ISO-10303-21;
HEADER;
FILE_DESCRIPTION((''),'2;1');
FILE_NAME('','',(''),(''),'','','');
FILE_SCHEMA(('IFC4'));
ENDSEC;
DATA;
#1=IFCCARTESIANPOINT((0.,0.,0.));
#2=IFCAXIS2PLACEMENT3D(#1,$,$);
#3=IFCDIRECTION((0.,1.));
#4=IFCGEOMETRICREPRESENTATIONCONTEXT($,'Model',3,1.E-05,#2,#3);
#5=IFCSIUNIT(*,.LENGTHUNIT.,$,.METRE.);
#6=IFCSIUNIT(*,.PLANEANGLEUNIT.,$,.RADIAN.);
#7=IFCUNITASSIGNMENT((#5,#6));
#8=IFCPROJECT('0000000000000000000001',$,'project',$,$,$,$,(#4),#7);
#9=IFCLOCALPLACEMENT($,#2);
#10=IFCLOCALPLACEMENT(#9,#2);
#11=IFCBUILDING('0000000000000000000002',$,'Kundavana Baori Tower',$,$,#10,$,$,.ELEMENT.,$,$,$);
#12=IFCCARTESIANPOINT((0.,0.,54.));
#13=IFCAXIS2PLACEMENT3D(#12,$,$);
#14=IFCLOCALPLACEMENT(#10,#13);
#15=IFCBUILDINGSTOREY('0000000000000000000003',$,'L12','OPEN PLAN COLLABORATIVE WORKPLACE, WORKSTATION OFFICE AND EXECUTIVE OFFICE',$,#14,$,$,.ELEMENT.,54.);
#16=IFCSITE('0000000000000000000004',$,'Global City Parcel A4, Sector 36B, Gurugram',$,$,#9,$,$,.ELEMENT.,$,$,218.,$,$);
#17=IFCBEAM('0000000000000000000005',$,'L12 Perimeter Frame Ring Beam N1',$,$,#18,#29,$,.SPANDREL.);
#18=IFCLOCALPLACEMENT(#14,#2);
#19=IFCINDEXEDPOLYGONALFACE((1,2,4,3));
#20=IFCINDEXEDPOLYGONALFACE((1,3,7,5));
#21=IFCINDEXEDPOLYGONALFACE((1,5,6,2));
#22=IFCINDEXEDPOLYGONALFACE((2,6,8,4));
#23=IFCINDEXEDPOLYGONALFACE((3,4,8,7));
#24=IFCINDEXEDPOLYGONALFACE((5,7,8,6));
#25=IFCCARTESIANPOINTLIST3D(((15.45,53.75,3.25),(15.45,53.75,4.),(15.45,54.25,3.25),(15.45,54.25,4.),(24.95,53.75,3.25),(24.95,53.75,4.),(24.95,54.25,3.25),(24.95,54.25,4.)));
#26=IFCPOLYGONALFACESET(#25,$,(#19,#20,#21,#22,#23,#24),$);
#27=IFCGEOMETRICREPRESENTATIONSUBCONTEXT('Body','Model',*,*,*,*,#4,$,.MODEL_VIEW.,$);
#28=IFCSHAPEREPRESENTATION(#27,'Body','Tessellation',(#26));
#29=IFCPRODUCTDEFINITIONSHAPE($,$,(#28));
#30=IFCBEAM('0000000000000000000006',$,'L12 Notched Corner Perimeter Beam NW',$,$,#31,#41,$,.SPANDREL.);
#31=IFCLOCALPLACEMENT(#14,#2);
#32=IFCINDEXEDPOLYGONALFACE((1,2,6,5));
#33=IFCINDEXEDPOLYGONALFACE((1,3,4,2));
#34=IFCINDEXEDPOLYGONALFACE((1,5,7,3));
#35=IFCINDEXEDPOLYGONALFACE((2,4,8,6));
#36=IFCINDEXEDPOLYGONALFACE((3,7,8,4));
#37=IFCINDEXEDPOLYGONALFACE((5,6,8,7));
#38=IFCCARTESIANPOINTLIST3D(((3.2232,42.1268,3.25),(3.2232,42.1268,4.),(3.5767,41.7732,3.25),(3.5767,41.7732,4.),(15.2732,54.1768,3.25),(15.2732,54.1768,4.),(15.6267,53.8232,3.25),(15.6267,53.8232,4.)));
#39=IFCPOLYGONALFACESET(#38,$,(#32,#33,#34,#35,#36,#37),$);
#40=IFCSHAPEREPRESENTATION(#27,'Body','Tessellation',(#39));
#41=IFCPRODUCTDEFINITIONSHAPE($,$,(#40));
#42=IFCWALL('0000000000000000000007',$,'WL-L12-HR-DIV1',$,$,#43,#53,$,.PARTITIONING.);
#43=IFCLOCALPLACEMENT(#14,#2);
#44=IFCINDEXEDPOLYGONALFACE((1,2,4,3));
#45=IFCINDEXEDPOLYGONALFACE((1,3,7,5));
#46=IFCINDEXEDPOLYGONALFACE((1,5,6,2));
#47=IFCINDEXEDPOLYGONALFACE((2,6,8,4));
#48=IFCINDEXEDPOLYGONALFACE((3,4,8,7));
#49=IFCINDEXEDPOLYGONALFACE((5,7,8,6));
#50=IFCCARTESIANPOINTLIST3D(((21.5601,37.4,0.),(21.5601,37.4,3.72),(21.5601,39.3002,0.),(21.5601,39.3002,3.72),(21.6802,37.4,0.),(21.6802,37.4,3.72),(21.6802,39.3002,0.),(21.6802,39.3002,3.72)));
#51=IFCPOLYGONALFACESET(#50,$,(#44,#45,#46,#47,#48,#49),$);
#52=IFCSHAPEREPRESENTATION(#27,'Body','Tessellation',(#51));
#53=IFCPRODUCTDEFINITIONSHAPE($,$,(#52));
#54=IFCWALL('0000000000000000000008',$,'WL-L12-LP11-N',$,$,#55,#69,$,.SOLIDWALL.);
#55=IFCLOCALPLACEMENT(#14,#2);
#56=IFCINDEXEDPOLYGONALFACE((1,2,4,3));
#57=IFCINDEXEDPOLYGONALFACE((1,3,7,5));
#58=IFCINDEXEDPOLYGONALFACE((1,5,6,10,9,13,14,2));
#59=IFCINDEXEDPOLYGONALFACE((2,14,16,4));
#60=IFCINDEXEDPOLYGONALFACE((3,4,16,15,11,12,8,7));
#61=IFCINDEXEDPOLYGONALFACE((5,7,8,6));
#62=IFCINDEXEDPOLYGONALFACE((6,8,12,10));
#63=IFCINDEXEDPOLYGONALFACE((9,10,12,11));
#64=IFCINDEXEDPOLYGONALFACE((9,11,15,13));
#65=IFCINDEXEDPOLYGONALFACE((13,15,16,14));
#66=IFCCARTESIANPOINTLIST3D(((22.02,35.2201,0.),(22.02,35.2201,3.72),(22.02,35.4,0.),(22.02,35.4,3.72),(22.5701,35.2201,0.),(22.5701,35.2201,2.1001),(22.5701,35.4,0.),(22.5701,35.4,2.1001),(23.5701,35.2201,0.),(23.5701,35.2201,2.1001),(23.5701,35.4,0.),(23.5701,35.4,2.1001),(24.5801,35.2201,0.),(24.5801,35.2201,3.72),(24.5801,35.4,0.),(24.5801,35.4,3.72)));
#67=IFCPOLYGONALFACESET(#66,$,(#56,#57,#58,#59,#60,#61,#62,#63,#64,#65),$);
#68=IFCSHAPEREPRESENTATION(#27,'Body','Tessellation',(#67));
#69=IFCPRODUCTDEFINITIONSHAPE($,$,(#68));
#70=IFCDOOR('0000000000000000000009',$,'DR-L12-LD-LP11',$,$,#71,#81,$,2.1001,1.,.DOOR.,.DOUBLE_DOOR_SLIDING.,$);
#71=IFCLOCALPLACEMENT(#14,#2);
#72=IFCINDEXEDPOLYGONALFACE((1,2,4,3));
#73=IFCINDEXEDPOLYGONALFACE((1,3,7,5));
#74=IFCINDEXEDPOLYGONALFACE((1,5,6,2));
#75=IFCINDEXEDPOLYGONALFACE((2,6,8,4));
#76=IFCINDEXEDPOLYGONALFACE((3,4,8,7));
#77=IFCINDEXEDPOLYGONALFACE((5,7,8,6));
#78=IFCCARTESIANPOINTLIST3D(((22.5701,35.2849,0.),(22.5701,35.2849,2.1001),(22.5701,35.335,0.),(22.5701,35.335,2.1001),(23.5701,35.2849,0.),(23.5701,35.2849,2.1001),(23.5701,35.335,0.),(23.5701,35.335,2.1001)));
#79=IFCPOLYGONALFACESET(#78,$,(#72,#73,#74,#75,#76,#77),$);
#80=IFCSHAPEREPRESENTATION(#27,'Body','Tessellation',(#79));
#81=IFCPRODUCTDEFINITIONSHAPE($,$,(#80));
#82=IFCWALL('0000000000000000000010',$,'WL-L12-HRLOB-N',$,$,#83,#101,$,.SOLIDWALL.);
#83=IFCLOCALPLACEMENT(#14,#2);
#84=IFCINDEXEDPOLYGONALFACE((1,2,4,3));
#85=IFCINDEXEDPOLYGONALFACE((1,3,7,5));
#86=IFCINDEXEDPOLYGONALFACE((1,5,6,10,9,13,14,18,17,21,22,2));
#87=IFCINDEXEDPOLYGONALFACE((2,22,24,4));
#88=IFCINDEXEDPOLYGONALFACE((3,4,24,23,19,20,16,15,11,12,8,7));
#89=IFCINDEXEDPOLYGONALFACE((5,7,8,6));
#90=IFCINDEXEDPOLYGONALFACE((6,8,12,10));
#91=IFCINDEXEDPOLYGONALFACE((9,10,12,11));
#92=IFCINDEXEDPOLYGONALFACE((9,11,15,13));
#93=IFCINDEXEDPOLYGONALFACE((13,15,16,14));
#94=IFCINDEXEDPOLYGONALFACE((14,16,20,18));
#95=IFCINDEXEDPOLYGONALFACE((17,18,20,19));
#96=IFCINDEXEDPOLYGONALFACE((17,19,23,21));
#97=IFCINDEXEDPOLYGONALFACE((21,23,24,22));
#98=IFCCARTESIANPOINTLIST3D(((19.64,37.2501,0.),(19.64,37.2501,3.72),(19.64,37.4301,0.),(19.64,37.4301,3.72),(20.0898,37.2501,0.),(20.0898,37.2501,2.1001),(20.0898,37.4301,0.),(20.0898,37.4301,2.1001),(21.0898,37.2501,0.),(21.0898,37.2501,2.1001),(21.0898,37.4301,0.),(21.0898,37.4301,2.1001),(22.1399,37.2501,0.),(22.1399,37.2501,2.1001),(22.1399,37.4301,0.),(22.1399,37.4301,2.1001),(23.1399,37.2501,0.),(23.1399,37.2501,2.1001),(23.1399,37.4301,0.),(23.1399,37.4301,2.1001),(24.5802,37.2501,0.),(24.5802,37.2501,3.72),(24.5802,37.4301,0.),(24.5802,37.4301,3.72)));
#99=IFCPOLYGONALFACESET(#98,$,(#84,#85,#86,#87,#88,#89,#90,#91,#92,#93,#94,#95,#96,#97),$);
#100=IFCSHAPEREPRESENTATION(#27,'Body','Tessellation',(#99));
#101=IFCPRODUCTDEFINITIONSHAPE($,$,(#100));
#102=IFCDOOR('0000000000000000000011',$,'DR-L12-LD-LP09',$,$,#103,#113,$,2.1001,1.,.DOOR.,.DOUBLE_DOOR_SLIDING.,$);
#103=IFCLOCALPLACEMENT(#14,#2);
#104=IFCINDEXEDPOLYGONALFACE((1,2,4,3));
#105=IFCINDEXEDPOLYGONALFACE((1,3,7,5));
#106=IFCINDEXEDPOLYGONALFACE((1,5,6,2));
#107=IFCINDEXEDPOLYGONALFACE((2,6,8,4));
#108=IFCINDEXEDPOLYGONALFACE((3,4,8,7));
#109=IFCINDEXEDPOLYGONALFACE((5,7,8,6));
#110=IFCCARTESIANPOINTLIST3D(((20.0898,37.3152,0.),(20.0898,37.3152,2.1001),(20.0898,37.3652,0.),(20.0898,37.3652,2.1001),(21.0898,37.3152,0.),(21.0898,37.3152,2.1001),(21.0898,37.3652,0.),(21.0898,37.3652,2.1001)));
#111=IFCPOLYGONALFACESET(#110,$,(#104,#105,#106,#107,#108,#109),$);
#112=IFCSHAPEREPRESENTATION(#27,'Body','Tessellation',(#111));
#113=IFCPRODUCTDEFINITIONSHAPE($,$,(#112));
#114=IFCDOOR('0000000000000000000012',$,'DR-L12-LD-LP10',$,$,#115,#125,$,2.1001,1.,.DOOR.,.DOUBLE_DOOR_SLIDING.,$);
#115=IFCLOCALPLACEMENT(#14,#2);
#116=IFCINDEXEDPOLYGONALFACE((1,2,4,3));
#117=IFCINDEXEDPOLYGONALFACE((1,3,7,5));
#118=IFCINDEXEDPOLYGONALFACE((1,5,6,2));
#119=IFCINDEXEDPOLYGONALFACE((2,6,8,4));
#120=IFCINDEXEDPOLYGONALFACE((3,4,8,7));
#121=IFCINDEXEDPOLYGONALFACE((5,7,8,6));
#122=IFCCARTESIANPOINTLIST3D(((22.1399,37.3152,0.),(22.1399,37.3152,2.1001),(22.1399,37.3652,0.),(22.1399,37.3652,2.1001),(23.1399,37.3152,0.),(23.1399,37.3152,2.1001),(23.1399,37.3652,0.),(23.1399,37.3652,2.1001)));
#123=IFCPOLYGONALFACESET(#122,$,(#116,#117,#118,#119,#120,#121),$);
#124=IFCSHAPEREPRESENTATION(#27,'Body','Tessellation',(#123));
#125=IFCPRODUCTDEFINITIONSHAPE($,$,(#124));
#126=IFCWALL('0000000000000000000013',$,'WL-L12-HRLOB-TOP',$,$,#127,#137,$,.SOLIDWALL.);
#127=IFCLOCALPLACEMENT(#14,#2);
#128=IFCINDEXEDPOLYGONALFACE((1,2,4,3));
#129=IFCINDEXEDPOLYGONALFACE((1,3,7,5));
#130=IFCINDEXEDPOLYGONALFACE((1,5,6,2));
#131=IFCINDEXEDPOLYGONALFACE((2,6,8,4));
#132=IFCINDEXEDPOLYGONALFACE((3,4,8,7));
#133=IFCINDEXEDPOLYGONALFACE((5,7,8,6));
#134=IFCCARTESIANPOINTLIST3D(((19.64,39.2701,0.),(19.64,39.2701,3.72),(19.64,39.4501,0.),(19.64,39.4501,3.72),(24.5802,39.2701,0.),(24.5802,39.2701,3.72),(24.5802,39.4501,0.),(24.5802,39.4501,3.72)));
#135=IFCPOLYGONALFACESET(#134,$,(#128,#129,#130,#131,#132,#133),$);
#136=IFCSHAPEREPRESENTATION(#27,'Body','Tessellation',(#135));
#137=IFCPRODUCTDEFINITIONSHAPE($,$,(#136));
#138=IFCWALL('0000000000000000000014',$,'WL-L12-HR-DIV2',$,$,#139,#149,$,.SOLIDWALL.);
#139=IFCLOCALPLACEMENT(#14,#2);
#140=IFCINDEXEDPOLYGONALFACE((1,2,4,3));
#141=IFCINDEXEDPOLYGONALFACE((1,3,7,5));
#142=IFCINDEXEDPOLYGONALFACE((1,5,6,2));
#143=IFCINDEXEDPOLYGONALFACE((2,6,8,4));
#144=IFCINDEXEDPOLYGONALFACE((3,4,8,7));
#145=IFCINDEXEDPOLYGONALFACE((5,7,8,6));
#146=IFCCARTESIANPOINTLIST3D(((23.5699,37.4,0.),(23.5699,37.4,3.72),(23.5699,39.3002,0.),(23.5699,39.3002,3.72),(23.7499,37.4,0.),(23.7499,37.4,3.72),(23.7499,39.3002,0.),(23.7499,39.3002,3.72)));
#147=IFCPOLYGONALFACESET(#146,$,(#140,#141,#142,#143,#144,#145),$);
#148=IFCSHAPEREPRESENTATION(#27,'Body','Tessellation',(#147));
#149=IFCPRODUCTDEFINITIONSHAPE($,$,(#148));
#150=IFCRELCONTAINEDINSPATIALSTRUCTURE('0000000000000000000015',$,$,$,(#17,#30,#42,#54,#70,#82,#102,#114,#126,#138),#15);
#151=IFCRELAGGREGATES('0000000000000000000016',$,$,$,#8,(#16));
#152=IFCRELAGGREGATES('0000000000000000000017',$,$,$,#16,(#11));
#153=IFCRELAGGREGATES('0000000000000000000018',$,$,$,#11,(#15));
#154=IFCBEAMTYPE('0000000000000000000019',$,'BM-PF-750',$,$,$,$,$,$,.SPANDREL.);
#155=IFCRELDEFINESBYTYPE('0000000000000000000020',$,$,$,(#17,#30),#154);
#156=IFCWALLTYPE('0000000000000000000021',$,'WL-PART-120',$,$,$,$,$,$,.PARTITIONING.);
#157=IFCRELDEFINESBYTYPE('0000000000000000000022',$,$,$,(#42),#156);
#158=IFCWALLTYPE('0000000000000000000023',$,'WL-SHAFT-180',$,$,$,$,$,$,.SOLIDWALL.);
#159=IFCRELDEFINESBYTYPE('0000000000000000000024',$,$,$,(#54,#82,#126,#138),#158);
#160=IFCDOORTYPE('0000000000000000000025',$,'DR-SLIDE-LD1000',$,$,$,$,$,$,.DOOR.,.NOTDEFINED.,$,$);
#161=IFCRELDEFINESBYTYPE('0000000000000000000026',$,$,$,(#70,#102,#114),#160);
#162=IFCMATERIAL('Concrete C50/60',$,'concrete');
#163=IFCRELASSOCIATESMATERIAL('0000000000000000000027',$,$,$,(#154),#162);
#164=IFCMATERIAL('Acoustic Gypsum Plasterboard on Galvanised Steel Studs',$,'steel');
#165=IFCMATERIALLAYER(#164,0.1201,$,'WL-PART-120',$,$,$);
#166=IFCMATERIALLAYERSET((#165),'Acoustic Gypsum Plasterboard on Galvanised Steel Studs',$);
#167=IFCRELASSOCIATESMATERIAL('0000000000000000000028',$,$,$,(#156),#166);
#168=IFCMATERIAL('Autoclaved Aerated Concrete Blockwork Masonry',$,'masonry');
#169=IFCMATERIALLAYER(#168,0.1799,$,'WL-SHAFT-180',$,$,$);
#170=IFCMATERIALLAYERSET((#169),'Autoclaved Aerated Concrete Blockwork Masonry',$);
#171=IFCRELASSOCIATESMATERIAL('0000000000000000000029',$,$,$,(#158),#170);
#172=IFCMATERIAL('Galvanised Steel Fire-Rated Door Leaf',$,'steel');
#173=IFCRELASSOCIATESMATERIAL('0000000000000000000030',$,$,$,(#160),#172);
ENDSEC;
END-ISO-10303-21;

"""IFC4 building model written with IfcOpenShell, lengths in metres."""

from ifc_helpers import new_model, si_unit, direction, frame, frame_2d, origin, origin_2d, place, context, subcontext, project, spatial, rectangle, extrude, material, layer, layer_set, material_profile, profile_set, type_object, element, fill, save


model = new_model("IFC4")

# Units and contexts
model_context = context("Model", 3, precision=1e-05, world=origin(), true_north=direction((0.0, 1.0)))
body_context = subcontext(model_context, "Body", "Model", "MODEL_VIEW")
ifc_project = project(units=[si_unit("LENGTHUNIT", "METRE"), si_unit("PLANEANGLEUNIT", "RADIAN")], contexts=[model_context])

# Site, building, storey
site_placement = place(None, origin())
site = spatial("IfcSite", under=ifc_project, at=site_placement, Name="Global City Parcel A4, Sector 36B, Gurugram", CompositionType="ELEMENT", RefElevation=218.0)
building_placement = place(site_placement, origin())
building = spatial("IfcBuilding", under=site, at=building_placement, Name="Kundavana Baori Tower", CompositionType="ELEMENT")
storey_placement = place(building_placement, frame((0.0, 0.0, 54.0)))
storey = spatial("IfcBuildingStorey", under=building, at=storey_placement, Name="L12", Description="OPEN PLAN COLLABORATIVE WORKPLACE, WORKSTATION OFFICE AND EXECUTIVE OFFICE", CompositionType="ELEMENT", Elevation=54.0)

# Beams
ifc_material_1 = material(Name="Concrete C50/60", Category="concrete")
ifc_material_profile = material_profile(ifc_material_1, rectangle(XDim=0.5, YDim=0.75, at=origin_2d()), Name="RC BM 500x750")
ifc_profile_set = profile_set([ifc_material_profile], Name="Concrete C50/60")
beam_type = type_object("IfcBeamType", Name="BM-PF-750", PredefinedType="SPANDREL", material=ifc_profile_set)
beam_1_placement = place(storey_placement, frame((15.45, 54.0, 3.625), z_axis=(1.0, 0.0, 0.0), x_axis=(0.0, 1.0, 0.0)))
element("IfcBeam", 1, at=beam_1_placement, inside=storey, type_object=beam_type, Name="L12 Perimeter Frame Ring Beam N1", PredefinedType="SPANDREL", context=body_context, shape_type="SweptSolid", body=[
    extrude(rectangle(XDim=0.5, YDim=0.75, at=origin_2d()), origin(), (0.0, 0.0, 1.0), 9.5),
])
beam_2_placement = place(storey_placement, frame((15.45, 54.0, 3.625), z_axis=(-0.707107, -0.707107, 0.0), x_axis=(0.707107, -0.707107, 0.0)))
element("IfcBeam", 2, at=beam_2_placement, inside=storey, type_object=beam_type, Name="L12 Notched Corner Perimeter Beam NW", PredefinedType="SPANDREL", context=body_context, shape_type="SweptSolid", body=[
    extrude(rectangle(XDim=0.5, YDim=0.75, at=origin_2d()), origin(), (0.0, 0.0, 1.0), 17.0413),
])

# Wall
ifc_material_2 = material(Name="Acoustic Gypsum Plasterboard on Galvanised Steel Studs", Category="steel")
ifc_layer_1 = layer(ifc_material_2, 0.1201, Name="WL-PART-120")
ifc_layer_set_1 = layer_set([ifc_layer_1], Name="Acoustic Gypsum Plasterboard on Galvanised Steel Studs")
wall_type_1 = type_object("IfcWallType", Name="WL-PART-120", PredefinedType="PARTITIONING", material=ifc_layer_set_1)
wall_1_placement = place(storey_placement, frame((21.6201, 37.3999, 0.0), z_axis=(0.0, 0.0, 1.0), x_axis=(0.0, 1.0, 0.0)))
element("IfcWall", 3, at=wall_1_placement, inside=storey, type_object=wall_type_1, Name="WL-L12-HR-DIV1", PredefinedType="PARTITIONING", context=body_context, shape_type="SweptSolid", body=[
    extrude(rectangle(XDim=1.9001, YDim=0.1201, at=frame_2d((0.9502, 0.0))), origin(), (0.0, 0.0, 1.0), 3.72),
])

# Wall, opening, door
ifc_material_3 = material(Name="Autoclaved Aerated Concrete Blockwork Masonry", Category="masonry")
ifc_layer_2 = layer(ifc_material_3, 0.1799, Name="WL-SHAFT-180")
ifc_layer_set_2 = layer_set([ifc_layer_2], Name="Autoclaved Aerated Concrete Blockwork Masonry")
wall_type_2 = type_object("IfcWallType", Name="WL-SHAFT-180", PredefinedType="SOLIDWALL", material=ifc_layer_set_2)
wall_2_placement = place(storey_placement, frame((22.02, 35.3101, 0.0), z_axis=(0.0, 0.0, 1.0), x_axis=(1.0, 0.0, 0.0)))
wall_2 = element("IfcWall", 4, at=wall_2_placement, inside=storey, type_object=wall_type_2, Name="WL-L12-LP11-N", PredefinedType="SOLIDWALL", context=body_context, shape_type="SweptSolid", body=[
    extrude(rectangle(XDim=2.5601, YDim=0.1799, at=frame_2d((1.28, 0.0))), origin(), (0.0, 0.0, 1.0), 3.72),
])
opening_1_placement = place(wall_2_placement, frame((0.55, 0.0, 0.0)))
opening_1 = element("IfcOpeningElement", 5, at=opening_1_placement, cuts=wall_2, PredefinedType="OPENING", context=body_context, shape_type="SweptSolid", body=[
    extrude(rectangle(XDim=1.0, YDim=2.1001, at=frame_2d((0.5, 1.05))), frame((0.0, 0.1001, 0.0), z_axis=(0.0, -1.0, 0.0), x_axis=(1.0, 0.0, 0.0)), (0.0, 0.0, 1.0), 0.2),
])
ifc_material_4 = material(Name="Galvanised Steel Fire-Rated Door Leaf", Category="steel")
door_type = type_object("IfcDoorType", Name="DR-SLIDE-LD1000", OperationType="NOTDEFINED", PredefinedType="DOOR", material=ifc_material_4)
door_1_placement = place(opening_1_placement, origin())
door_1 = element("IfcDoor", 6, at=door_1_placement, inside=storey, type_object=door_type, Name="DR-L12-LD-LP11", OperationType="DOUBLE_DOOR_SLIDING", OverallHeight=2.1001, OverallWidth=1.0, PredefinedType="DOOR", context=body_context, shape_type="SweptSolid", body=[
    extrude(rectangle(XDim=1.0, YDim=2.1001, at=frame_2d((0.5, 1.05))), frame((0.0, 0.0249, 0.0), z_axis=(0.0, -1.0, 0.0), x_axis=(1.0, 0.0, 0.0)), (0.0, 0.0, 1.0), 0.05),
])
fill(opening_1, door_1)

# Wall, openings, doors
wall_3_placement = place(storey_placement, frame((19.6399, 37.3401, 0.0), z_axis=(0.0, 0.0, 1.0), x_axis=(1.0, 0.0, 0.0)))
wall_3 = element("IfcWall", 7, at=wall_3_placement, inside=storey, type_object=wall_type_2, Name="WL-L12-HRLOB-N", PredefinedType="SOLIDWALL", context=body_context, shape_type="SweptSolid", body=[
    extrude(rectangle(XDim=4.9402, YDim=0.1799, at=frame_2d((2.4702, 0.0))), origin(), (0.0, 0.0, 1.0), 3.72),
])
opening_2_placement = place(wall_3_placement, frame((0.45, 0.0, 0.0)))
opening_2 = element("IfcOpeningElement", 8, at=opening_2_placement, cuts=wall_3, PredefinedType="OPENING", context=body_context, shape_type="SweptSolid", body=[
    extrude(rectangle(XDim=1.0, YDim=2.1001, at=frame_2d((0.5, 1.05))), frame((0.0, 0.1001, 0.0), z_axis=(0.0, -1.0, 0.0), x_axis=(1.0, 0.0, 0.0)), (0.0, 0.0, 1.0), 0.2),
])
opening_3_placement = place(wall_3_placement, frame((2.5, 0.0, 0.0)))
opening_3 = element("IfcOpeningElement", 9, at=opening_3_placement, cuts=wall_3, PredefinedType="OPENING", context=body_context, shape_type="SweptSolid", body=[
    extrude(rectangle(XDim=1.0, YDim=2.1001, at=frame_2d((0.5, 1.05))), frame((0.0, 0.1001, 0.0), z_axis=(0.0, -1.0, 0.0), x_axis=(1.0, 0.0, 0.0)), (0.0, 0.0, 1.0), 0.2),
])
door_2_placement = place(opening_2_placement, frame((1.0, 0.0, 0.0), z_axis=(0.0, 0.0, 1.0), x_axis=(-1.0, 0.0, 0.0)))
door_2 = element("IfcDoor", 10, at=door_2_placement, inside=storey, type_object=door_type, Name="DR-L12-LD-LP09", OperationType="DOUBLE_DOOR_SLIDING", OverallHeight=2.1001, OverallWidth=1.0, PredefinedType="DOOR", context=body_context, shape_type="SweptSolid", body=[
    extrude(rectangle(XDim=1.0, YDim=2.1001, at=frame_2d((0.5, 1.05))), frame((0.0, 0.0249, 0.0), z_axis=(0.0, -1.0, 0.0), x_axis=(1.0, 0.0, 0.0)), (0.0, 0.0, 1.0), 0.05),
])
fill(opening_2, door_2)
door_3_placement = place(opening_3_placement, frame((1.0, 0.0, 0.0), z_axis=(0.0, 0.0, 1.0), x_axis=(-1.0, 0.0, 0.0)))
door_3 = element("IfcDoor", 11, at=door_3_placement, inside=storey, type_object=door_type, Name="DR-L12-LD-LP10", OperationType="DOUBLE_DOOR_SLIDING", OverallHeight=2.1001, OverallWidth=1.0, PredefinedType="DOOR", context=body_context, shape_type="SweptSolid", body=[
    extrude(rectangle(XDim=1.0, YDim=2.1001, at=frame_2d((0.5, 1.05))), frame((0.0, 0.0249, 0.0), z_axis=(0.0, -1.0, 0.0), x_axis=(1.0, 0.0, 0.0)), (0.0, 0.0, 1.0), 0.05),
])
fill(opening_3, door_3)

# Walls
wall_4_placement = place(storey_placement, frame((19.6399, 39.3601, 0.0), z_axis=(0.0, 0.0, 1.0), x_axis=(1.0, 0.0, 0.0)))
element("IfcWall", 12, at=wall_4_placement, inside=storey, type_object=wall_type_2, Name="WL-L12-HRLOB-TOP", PredefinedType="SOLIDWALL", context=body_context, shape_type="SweptSolid", body=[
    extrude(rectangle(XDim=4.9402, YDim=0.1799, at=frame_2d((2.4702, 0.0))), origin(), (0.0, 0.0, 1.0), 3.72),
])
wall_5_placement = place(storey_placement, frame((23.6599, 37.3999, 0.0), z_axis=(0.0, 0.0, 1.0), x_axis=(0.0, 1.0, 0.0)))
element("IfcWall", 13, at=wall_5_placement, inside=storey, type_object=wall_type_2, Name="WL-L12-HR-DIV2", PredefinedType="SOLIDWALL", context=body_context, shape_type="SweptSolid", body=[
    extrude(rectangle(XDim=1.9001, YDim=0.1799, at=frame_2d((0.9502, 0.0))), origin(), (0.0, 0.0, 1.0), 3.72),
])

save(model, "model.ifc")
